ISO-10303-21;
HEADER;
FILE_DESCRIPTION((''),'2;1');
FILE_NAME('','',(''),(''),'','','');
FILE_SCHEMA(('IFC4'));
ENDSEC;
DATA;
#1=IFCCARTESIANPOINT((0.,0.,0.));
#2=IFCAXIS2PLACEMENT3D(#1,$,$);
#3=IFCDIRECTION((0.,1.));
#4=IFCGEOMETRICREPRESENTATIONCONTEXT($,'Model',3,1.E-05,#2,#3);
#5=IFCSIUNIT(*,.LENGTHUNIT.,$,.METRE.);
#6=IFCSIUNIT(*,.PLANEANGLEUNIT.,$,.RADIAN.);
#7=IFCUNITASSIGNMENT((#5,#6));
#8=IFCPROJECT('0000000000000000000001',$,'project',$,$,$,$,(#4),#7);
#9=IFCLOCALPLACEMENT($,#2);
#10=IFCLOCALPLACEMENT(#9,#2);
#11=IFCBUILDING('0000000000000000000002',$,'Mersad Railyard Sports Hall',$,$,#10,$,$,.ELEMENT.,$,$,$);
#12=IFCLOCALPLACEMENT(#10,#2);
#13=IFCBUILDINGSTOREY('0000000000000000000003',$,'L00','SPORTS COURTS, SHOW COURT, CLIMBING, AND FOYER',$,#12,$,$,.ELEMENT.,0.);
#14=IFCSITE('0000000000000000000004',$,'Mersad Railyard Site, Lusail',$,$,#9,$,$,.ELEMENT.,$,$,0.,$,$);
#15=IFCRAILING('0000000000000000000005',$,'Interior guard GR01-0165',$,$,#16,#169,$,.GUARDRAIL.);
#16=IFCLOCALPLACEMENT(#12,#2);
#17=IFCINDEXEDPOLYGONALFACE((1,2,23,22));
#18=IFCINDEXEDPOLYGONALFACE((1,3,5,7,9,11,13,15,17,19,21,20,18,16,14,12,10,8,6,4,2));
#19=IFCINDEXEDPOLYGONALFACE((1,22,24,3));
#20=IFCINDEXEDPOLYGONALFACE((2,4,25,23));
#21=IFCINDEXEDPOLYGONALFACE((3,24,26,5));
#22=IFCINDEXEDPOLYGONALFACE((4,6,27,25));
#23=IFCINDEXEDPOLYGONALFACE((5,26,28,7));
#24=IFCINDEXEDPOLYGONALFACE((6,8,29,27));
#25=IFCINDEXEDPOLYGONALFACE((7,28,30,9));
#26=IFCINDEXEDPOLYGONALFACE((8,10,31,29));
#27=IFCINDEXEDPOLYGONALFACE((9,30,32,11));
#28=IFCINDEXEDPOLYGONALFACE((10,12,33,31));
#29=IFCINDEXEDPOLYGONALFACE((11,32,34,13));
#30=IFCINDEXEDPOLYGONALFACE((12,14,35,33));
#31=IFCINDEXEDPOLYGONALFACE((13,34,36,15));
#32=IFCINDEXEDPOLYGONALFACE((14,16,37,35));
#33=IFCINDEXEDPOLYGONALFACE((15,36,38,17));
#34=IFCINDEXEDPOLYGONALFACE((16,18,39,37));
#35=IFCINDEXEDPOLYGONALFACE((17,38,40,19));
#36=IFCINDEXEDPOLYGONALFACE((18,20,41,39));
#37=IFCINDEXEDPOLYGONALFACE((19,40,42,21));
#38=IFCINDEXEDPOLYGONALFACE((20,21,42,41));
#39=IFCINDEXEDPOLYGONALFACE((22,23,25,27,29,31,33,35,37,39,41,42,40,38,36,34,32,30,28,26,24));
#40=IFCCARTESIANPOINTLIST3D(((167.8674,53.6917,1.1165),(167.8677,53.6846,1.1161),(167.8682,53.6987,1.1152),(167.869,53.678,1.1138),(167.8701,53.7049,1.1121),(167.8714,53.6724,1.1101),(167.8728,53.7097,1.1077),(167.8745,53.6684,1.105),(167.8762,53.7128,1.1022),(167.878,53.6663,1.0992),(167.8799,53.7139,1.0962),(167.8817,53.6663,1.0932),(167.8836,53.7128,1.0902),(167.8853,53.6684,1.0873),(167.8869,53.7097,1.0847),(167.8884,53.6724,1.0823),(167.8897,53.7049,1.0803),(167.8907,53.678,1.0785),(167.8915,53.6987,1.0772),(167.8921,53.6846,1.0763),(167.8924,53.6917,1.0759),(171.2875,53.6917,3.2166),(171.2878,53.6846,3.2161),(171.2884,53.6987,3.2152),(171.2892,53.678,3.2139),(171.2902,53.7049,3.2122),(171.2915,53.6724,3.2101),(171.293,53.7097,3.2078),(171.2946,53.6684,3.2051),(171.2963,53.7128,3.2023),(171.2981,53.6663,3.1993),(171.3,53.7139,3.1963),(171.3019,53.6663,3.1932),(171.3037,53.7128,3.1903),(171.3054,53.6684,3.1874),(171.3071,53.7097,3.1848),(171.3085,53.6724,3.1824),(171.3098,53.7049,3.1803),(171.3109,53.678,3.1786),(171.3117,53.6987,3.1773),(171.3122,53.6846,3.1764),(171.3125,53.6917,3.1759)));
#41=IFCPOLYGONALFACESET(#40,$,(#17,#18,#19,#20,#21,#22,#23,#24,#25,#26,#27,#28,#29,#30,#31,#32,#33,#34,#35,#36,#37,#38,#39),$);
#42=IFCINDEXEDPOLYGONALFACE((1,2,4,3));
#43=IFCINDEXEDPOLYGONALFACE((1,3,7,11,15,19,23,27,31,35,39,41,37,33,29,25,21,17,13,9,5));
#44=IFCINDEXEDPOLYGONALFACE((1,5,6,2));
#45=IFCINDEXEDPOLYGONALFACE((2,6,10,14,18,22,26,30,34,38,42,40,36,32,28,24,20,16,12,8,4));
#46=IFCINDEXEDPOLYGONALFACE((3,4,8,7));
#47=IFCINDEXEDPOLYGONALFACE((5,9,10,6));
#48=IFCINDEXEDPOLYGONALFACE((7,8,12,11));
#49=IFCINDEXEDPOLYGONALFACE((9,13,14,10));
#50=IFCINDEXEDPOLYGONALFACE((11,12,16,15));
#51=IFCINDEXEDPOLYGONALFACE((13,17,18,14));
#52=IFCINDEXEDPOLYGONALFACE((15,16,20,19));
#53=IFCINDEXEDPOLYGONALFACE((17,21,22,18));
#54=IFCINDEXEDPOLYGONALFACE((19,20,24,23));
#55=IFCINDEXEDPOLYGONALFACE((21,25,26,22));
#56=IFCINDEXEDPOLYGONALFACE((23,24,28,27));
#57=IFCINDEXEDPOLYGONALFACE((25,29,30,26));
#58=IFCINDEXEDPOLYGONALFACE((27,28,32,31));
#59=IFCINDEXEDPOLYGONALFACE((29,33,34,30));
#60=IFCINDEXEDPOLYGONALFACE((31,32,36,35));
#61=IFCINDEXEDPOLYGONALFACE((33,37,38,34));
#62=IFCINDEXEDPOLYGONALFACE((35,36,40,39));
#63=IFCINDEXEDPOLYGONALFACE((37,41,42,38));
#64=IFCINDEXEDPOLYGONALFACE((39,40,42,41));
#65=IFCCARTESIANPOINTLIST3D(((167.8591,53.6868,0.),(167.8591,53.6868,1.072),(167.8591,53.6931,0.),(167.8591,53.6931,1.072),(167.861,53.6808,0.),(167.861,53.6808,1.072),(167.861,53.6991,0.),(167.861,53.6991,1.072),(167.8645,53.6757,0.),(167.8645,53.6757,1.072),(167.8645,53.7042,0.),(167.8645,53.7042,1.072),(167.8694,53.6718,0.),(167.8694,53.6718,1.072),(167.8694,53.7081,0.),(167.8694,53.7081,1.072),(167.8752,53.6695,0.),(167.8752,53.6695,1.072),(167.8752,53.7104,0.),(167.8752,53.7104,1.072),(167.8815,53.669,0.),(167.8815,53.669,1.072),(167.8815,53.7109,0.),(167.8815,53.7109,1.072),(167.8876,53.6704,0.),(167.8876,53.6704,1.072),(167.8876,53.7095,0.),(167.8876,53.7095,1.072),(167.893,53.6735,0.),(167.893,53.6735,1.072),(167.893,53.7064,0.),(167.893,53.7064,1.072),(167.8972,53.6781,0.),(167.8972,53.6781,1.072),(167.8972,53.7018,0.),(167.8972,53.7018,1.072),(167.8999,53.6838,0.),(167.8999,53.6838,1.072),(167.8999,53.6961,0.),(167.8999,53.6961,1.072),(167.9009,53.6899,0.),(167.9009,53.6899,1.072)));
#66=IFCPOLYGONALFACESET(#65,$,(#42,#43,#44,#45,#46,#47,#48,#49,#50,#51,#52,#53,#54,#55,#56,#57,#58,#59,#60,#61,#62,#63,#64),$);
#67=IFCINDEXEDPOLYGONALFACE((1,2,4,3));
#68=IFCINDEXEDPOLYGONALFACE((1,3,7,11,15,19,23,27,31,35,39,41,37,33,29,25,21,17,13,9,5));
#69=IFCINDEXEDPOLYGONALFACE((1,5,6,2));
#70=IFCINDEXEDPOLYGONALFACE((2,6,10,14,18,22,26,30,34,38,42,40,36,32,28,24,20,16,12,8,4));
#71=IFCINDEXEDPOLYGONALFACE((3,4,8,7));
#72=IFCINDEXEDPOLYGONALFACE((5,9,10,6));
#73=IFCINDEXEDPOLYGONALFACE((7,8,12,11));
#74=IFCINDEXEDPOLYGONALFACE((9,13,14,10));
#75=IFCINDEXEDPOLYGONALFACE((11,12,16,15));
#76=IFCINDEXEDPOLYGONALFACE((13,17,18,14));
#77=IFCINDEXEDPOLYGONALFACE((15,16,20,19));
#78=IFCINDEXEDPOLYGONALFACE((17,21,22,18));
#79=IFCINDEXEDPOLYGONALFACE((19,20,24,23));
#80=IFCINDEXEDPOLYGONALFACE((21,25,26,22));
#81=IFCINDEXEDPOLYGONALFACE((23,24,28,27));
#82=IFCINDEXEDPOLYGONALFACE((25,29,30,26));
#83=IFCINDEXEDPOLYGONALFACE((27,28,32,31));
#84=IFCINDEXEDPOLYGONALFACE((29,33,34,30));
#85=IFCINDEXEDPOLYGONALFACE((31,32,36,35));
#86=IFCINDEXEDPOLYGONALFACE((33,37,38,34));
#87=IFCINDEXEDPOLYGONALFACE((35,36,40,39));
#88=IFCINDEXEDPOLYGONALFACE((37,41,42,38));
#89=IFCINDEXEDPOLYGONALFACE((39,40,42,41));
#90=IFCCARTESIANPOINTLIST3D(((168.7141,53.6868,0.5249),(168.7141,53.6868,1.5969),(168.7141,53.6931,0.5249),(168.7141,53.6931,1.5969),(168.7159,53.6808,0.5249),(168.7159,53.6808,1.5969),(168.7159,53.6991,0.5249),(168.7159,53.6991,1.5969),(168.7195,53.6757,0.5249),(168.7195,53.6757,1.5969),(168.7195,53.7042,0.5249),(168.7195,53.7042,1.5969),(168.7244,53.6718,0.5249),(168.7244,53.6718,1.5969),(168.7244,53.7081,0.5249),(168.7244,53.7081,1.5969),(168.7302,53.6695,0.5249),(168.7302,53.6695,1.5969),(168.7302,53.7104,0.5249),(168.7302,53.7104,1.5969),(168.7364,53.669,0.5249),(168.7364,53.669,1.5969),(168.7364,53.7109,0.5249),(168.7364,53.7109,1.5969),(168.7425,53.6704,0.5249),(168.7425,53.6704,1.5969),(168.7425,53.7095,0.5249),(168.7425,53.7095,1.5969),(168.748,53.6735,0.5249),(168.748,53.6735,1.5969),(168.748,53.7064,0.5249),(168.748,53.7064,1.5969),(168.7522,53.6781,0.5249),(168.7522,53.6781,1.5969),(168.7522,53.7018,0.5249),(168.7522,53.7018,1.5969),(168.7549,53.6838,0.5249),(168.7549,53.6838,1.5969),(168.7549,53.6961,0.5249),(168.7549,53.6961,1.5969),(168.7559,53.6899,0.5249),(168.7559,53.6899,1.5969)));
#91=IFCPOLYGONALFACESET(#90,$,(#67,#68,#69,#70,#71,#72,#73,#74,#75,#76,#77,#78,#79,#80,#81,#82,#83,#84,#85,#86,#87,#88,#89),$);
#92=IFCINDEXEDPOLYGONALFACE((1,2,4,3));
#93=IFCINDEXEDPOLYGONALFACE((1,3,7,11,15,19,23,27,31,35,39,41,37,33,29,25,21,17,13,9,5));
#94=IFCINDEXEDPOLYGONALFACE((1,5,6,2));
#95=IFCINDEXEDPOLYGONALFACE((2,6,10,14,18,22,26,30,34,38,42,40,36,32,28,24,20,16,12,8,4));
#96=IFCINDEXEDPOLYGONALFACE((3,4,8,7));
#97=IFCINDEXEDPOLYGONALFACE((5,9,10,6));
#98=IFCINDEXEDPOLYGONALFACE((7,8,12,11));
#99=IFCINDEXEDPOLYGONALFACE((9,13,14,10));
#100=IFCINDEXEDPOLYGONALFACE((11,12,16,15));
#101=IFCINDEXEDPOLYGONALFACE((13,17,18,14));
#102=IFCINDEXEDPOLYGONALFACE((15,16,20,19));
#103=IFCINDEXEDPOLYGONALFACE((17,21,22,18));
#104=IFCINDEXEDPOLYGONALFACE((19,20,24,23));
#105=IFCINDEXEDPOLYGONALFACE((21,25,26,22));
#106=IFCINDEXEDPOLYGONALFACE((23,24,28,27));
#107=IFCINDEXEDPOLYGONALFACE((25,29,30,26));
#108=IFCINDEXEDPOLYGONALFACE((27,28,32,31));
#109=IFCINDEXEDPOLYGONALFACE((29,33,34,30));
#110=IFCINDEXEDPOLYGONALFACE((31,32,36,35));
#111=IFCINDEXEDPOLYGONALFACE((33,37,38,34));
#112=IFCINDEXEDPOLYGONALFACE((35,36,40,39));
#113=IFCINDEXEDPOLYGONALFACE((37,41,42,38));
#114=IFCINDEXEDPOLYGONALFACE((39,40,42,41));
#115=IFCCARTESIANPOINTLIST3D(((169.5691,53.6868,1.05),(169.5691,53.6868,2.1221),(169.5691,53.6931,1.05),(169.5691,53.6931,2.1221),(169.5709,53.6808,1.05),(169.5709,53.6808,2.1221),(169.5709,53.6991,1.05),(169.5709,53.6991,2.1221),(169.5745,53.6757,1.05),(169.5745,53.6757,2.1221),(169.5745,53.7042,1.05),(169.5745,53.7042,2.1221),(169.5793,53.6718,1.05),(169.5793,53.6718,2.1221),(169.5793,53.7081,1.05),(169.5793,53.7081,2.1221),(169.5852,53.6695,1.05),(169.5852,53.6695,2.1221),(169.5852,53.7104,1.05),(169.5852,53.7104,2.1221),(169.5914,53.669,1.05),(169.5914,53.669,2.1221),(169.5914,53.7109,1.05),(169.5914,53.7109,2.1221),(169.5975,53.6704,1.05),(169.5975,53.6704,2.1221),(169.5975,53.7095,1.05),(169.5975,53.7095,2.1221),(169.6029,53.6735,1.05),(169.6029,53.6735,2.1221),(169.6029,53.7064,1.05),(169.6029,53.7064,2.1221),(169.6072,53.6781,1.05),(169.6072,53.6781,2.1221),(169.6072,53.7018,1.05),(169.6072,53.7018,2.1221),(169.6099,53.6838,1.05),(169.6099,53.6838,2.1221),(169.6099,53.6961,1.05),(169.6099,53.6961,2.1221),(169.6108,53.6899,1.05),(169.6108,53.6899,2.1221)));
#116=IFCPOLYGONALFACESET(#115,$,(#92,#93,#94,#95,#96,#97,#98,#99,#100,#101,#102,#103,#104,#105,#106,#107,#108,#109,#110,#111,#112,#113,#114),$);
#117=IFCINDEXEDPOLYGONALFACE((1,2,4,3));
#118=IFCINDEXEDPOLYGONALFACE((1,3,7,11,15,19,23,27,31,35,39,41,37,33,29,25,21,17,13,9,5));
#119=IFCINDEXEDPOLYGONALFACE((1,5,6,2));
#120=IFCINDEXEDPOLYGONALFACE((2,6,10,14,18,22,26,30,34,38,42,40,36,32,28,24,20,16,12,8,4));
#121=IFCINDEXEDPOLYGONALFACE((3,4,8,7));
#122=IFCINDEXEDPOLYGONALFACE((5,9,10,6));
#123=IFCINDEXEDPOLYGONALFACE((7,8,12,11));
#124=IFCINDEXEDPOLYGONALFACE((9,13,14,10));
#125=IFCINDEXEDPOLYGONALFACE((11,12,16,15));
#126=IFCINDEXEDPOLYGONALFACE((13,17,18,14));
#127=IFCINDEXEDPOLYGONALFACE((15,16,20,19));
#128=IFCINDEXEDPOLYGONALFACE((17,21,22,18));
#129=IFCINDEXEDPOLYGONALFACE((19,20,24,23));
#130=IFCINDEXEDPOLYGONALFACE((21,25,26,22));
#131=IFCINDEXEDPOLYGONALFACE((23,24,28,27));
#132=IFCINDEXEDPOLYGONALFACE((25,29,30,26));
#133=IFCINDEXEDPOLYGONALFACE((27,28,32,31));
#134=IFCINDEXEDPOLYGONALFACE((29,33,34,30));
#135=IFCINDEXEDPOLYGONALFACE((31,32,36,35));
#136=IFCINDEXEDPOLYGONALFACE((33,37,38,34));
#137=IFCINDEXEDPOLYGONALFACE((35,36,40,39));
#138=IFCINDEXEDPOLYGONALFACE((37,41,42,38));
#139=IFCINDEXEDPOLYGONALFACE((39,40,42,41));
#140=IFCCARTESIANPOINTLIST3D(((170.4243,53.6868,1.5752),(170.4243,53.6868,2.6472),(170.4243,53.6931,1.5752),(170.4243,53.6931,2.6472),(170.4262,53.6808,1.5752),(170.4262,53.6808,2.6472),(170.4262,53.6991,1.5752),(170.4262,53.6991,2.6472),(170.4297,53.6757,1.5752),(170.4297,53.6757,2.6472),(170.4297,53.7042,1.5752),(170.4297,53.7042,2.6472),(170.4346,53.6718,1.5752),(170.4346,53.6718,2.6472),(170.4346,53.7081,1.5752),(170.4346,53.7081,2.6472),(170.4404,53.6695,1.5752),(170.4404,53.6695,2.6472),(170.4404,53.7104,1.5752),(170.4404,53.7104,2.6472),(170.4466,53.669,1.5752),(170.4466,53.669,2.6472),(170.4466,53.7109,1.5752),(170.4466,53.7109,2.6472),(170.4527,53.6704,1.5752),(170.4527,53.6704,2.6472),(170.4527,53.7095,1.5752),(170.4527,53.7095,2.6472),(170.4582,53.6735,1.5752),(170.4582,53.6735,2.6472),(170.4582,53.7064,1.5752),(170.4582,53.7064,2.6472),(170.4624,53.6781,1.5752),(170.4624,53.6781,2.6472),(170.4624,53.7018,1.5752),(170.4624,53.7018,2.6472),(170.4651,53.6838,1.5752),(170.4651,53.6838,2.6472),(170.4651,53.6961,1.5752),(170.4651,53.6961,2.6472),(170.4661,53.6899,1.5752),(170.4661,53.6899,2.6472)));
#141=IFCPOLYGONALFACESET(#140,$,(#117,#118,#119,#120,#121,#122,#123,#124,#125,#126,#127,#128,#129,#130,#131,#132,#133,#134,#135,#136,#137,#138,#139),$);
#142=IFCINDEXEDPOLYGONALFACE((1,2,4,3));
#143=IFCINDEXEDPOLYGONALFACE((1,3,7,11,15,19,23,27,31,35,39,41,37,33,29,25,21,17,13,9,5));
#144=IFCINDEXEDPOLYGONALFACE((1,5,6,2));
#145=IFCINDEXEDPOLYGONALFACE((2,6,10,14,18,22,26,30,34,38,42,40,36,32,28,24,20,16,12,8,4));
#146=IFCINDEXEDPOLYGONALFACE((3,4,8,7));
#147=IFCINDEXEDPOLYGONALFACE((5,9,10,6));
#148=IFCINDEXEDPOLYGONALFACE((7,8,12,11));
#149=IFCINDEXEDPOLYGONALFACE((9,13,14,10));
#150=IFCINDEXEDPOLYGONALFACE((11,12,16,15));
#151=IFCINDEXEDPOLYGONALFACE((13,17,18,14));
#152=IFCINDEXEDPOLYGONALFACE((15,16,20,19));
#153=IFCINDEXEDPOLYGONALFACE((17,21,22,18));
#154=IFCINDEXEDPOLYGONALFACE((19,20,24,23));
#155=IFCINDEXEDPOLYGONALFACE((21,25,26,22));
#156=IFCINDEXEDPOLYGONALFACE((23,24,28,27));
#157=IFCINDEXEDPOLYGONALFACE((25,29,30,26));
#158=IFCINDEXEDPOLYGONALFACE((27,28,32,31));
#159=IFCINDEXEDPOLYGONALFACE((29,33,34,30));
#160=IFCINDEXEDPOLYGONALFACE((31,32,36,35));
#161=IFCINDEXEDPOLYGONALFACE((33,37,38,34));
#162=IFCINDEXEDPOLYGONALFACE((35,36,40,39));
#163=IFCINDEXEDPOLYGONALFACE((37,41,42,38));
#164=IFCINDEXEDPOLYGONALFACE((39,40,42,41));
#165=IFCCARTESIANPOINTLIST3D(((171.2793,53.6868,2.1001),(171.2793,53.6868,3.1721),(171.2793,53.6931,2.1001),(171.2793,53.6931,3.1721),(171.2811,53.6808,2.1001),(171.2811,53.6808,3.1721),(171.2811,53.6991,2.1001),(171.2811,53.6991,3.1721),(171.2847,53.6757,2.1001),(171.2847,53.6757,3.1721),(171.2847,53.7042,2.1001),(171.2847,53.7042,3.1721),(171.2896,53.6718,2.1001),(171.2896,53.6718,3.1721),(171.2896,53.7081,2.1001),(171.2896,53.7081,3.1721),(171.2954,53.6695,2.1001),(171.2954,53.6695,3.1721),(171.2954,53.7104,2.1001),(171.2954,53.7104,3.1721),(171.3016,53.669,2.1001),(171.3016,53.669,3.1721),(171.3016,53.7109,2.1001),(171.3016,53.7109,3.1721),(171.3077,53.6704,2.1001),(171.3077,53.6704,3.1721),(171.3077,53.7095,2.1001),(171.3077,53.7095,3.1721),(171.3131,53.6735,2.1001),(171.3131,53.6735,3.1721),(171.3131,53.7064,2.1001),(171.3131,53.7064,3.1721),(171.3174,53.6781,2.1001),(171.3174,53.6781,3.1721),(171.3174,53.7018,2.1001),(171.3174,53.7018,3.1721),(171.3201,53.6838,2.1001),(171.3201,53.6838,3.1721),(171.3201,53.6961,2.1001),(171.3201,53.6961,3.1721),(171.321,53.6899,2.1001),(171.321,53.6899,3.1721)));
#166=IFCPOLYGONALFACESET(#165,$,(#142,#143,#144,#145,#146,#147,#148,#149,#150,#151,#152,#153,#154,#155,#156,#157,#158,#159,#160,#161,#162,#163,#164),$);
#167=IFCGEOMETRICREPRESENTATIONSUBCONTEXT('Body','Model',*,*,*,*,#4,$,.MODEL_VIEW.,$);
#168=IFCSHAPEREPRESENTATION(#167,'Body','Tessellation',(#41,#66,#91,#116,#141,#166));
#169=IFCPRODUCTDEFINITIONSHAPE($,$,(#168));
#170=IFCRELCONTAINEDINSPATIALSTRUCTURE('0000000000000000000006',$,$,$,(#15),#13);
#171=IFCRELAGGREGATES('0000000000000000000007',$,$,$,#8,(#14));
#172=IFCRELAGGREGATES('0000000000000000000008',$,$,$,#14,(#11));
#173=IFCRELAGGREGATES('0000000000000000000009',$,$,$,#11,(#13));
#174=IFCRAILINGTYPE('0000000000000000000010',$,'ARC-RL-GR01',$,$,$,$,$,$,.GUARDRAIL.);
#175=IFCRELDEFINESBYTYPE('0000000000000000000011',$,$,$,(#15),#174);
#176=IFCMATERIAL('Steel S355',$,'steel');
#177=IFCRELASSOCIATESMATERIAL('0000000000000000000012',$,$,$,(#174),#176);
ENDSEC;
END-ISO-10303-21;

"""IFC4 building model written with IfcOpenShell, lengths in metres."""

from ifc_helpers import new_model, si_unit, direction, frame, origin, origin_2d, place, context, subcontext, project, spatial, circle, extrude, material, type_object, element, save


model = new_model("IFC4")

# Units and contexts
model_context = context("Model", 3, precision=1e-05, world=origin(), true_north=direction((0.0, 1.0)))
body_context = subcontext(model_context, "Body", "Model", "MODEL_VIEW")
ifc_project = project(units=[si_unit("LENGTHUNIT", "METRE"), si_unit("PLANEANGLEUNIT", "RADIAN")], contexts=[model_context])

# Site, building, storey
site_placement = place(None, origin())
site = spatial("IfcSite", under=ifc_project, at=site_placement, Name="Mersad Railyard Site, Lusail", CompositionType="ELEMENT", RefElevation=0.0)
building_placement = place(site_placement, origin())
building = spatial("IfcBuilding", under=site, at=building_placement, Name="Mersad Railyard Sports Hall", CompositionType="ELEMENT")
storey_placement = place(building_placement, origin())
storey = spatial("IfcBuildingStorey", under=building, at=storey_placement, Name="L00", Description="SPORTS COURTS, SHOW COURT, CLIMBING, AND FOYER", CompositionType="ELEMENT", Elevation=0.0)

# Railing
ifc_material_1 = material(Name="Steel S355", Category="steel")
railing_type = type_object("IfcRailingType", Name="ARC-RL-GR01", PredefinedType="GUARDRAIL", material=ifc_material_1)
railing_1_placement = place(storey_placement, frame((167.8799, 53.6899, 0.0)))
element("IfcRailing", 1, at=railing_1_placement, inside=storey, type_object=railing_type, Name="Interior guard GR01-0165", PredefinedType="GUARDRAIL", context=body_context, shape_type="SweptSolid", body=[
    extrude(circle(Radius=0.0239, at=origin_2d()), frame((0.0, 0.0, 1.0962), z_axis=(0.852172, 0.0, 0.523262), x_axis=(0.0, 1.0, 0.0)), (0.0, 0.0, 1.0), 4.0134),
    extrude(circle(Radius=0.021, at=origin_2d()), origin(), (0.0, 0.0, 1.0), 1.072),
    extrude(circle(Radius=0.021, at=origin_2d()), frame((0.855, 0.0, 0.5249)), (0.0, 0.0, 1.0), 1.072),
    extrude(circle(Radius=0.021, at=origin_2d()), frame((1.71, 0.0, 1.05)), (0.0, 0.0, 1.0), 1.072),
    extrude(circle(Radius=0.021, at=origin_2d()), frame((2.5652, 0.0, 1.5752)), (0.0, 0.0, 1.0), 1.072),
    extrude(circle(Radius=0.021, at=origin_2d()), frame((3.4202, 0.0, 2.1001)), (0.0, 0.0, 1.0), 1.072),
])

save(model, "model.ifc")
